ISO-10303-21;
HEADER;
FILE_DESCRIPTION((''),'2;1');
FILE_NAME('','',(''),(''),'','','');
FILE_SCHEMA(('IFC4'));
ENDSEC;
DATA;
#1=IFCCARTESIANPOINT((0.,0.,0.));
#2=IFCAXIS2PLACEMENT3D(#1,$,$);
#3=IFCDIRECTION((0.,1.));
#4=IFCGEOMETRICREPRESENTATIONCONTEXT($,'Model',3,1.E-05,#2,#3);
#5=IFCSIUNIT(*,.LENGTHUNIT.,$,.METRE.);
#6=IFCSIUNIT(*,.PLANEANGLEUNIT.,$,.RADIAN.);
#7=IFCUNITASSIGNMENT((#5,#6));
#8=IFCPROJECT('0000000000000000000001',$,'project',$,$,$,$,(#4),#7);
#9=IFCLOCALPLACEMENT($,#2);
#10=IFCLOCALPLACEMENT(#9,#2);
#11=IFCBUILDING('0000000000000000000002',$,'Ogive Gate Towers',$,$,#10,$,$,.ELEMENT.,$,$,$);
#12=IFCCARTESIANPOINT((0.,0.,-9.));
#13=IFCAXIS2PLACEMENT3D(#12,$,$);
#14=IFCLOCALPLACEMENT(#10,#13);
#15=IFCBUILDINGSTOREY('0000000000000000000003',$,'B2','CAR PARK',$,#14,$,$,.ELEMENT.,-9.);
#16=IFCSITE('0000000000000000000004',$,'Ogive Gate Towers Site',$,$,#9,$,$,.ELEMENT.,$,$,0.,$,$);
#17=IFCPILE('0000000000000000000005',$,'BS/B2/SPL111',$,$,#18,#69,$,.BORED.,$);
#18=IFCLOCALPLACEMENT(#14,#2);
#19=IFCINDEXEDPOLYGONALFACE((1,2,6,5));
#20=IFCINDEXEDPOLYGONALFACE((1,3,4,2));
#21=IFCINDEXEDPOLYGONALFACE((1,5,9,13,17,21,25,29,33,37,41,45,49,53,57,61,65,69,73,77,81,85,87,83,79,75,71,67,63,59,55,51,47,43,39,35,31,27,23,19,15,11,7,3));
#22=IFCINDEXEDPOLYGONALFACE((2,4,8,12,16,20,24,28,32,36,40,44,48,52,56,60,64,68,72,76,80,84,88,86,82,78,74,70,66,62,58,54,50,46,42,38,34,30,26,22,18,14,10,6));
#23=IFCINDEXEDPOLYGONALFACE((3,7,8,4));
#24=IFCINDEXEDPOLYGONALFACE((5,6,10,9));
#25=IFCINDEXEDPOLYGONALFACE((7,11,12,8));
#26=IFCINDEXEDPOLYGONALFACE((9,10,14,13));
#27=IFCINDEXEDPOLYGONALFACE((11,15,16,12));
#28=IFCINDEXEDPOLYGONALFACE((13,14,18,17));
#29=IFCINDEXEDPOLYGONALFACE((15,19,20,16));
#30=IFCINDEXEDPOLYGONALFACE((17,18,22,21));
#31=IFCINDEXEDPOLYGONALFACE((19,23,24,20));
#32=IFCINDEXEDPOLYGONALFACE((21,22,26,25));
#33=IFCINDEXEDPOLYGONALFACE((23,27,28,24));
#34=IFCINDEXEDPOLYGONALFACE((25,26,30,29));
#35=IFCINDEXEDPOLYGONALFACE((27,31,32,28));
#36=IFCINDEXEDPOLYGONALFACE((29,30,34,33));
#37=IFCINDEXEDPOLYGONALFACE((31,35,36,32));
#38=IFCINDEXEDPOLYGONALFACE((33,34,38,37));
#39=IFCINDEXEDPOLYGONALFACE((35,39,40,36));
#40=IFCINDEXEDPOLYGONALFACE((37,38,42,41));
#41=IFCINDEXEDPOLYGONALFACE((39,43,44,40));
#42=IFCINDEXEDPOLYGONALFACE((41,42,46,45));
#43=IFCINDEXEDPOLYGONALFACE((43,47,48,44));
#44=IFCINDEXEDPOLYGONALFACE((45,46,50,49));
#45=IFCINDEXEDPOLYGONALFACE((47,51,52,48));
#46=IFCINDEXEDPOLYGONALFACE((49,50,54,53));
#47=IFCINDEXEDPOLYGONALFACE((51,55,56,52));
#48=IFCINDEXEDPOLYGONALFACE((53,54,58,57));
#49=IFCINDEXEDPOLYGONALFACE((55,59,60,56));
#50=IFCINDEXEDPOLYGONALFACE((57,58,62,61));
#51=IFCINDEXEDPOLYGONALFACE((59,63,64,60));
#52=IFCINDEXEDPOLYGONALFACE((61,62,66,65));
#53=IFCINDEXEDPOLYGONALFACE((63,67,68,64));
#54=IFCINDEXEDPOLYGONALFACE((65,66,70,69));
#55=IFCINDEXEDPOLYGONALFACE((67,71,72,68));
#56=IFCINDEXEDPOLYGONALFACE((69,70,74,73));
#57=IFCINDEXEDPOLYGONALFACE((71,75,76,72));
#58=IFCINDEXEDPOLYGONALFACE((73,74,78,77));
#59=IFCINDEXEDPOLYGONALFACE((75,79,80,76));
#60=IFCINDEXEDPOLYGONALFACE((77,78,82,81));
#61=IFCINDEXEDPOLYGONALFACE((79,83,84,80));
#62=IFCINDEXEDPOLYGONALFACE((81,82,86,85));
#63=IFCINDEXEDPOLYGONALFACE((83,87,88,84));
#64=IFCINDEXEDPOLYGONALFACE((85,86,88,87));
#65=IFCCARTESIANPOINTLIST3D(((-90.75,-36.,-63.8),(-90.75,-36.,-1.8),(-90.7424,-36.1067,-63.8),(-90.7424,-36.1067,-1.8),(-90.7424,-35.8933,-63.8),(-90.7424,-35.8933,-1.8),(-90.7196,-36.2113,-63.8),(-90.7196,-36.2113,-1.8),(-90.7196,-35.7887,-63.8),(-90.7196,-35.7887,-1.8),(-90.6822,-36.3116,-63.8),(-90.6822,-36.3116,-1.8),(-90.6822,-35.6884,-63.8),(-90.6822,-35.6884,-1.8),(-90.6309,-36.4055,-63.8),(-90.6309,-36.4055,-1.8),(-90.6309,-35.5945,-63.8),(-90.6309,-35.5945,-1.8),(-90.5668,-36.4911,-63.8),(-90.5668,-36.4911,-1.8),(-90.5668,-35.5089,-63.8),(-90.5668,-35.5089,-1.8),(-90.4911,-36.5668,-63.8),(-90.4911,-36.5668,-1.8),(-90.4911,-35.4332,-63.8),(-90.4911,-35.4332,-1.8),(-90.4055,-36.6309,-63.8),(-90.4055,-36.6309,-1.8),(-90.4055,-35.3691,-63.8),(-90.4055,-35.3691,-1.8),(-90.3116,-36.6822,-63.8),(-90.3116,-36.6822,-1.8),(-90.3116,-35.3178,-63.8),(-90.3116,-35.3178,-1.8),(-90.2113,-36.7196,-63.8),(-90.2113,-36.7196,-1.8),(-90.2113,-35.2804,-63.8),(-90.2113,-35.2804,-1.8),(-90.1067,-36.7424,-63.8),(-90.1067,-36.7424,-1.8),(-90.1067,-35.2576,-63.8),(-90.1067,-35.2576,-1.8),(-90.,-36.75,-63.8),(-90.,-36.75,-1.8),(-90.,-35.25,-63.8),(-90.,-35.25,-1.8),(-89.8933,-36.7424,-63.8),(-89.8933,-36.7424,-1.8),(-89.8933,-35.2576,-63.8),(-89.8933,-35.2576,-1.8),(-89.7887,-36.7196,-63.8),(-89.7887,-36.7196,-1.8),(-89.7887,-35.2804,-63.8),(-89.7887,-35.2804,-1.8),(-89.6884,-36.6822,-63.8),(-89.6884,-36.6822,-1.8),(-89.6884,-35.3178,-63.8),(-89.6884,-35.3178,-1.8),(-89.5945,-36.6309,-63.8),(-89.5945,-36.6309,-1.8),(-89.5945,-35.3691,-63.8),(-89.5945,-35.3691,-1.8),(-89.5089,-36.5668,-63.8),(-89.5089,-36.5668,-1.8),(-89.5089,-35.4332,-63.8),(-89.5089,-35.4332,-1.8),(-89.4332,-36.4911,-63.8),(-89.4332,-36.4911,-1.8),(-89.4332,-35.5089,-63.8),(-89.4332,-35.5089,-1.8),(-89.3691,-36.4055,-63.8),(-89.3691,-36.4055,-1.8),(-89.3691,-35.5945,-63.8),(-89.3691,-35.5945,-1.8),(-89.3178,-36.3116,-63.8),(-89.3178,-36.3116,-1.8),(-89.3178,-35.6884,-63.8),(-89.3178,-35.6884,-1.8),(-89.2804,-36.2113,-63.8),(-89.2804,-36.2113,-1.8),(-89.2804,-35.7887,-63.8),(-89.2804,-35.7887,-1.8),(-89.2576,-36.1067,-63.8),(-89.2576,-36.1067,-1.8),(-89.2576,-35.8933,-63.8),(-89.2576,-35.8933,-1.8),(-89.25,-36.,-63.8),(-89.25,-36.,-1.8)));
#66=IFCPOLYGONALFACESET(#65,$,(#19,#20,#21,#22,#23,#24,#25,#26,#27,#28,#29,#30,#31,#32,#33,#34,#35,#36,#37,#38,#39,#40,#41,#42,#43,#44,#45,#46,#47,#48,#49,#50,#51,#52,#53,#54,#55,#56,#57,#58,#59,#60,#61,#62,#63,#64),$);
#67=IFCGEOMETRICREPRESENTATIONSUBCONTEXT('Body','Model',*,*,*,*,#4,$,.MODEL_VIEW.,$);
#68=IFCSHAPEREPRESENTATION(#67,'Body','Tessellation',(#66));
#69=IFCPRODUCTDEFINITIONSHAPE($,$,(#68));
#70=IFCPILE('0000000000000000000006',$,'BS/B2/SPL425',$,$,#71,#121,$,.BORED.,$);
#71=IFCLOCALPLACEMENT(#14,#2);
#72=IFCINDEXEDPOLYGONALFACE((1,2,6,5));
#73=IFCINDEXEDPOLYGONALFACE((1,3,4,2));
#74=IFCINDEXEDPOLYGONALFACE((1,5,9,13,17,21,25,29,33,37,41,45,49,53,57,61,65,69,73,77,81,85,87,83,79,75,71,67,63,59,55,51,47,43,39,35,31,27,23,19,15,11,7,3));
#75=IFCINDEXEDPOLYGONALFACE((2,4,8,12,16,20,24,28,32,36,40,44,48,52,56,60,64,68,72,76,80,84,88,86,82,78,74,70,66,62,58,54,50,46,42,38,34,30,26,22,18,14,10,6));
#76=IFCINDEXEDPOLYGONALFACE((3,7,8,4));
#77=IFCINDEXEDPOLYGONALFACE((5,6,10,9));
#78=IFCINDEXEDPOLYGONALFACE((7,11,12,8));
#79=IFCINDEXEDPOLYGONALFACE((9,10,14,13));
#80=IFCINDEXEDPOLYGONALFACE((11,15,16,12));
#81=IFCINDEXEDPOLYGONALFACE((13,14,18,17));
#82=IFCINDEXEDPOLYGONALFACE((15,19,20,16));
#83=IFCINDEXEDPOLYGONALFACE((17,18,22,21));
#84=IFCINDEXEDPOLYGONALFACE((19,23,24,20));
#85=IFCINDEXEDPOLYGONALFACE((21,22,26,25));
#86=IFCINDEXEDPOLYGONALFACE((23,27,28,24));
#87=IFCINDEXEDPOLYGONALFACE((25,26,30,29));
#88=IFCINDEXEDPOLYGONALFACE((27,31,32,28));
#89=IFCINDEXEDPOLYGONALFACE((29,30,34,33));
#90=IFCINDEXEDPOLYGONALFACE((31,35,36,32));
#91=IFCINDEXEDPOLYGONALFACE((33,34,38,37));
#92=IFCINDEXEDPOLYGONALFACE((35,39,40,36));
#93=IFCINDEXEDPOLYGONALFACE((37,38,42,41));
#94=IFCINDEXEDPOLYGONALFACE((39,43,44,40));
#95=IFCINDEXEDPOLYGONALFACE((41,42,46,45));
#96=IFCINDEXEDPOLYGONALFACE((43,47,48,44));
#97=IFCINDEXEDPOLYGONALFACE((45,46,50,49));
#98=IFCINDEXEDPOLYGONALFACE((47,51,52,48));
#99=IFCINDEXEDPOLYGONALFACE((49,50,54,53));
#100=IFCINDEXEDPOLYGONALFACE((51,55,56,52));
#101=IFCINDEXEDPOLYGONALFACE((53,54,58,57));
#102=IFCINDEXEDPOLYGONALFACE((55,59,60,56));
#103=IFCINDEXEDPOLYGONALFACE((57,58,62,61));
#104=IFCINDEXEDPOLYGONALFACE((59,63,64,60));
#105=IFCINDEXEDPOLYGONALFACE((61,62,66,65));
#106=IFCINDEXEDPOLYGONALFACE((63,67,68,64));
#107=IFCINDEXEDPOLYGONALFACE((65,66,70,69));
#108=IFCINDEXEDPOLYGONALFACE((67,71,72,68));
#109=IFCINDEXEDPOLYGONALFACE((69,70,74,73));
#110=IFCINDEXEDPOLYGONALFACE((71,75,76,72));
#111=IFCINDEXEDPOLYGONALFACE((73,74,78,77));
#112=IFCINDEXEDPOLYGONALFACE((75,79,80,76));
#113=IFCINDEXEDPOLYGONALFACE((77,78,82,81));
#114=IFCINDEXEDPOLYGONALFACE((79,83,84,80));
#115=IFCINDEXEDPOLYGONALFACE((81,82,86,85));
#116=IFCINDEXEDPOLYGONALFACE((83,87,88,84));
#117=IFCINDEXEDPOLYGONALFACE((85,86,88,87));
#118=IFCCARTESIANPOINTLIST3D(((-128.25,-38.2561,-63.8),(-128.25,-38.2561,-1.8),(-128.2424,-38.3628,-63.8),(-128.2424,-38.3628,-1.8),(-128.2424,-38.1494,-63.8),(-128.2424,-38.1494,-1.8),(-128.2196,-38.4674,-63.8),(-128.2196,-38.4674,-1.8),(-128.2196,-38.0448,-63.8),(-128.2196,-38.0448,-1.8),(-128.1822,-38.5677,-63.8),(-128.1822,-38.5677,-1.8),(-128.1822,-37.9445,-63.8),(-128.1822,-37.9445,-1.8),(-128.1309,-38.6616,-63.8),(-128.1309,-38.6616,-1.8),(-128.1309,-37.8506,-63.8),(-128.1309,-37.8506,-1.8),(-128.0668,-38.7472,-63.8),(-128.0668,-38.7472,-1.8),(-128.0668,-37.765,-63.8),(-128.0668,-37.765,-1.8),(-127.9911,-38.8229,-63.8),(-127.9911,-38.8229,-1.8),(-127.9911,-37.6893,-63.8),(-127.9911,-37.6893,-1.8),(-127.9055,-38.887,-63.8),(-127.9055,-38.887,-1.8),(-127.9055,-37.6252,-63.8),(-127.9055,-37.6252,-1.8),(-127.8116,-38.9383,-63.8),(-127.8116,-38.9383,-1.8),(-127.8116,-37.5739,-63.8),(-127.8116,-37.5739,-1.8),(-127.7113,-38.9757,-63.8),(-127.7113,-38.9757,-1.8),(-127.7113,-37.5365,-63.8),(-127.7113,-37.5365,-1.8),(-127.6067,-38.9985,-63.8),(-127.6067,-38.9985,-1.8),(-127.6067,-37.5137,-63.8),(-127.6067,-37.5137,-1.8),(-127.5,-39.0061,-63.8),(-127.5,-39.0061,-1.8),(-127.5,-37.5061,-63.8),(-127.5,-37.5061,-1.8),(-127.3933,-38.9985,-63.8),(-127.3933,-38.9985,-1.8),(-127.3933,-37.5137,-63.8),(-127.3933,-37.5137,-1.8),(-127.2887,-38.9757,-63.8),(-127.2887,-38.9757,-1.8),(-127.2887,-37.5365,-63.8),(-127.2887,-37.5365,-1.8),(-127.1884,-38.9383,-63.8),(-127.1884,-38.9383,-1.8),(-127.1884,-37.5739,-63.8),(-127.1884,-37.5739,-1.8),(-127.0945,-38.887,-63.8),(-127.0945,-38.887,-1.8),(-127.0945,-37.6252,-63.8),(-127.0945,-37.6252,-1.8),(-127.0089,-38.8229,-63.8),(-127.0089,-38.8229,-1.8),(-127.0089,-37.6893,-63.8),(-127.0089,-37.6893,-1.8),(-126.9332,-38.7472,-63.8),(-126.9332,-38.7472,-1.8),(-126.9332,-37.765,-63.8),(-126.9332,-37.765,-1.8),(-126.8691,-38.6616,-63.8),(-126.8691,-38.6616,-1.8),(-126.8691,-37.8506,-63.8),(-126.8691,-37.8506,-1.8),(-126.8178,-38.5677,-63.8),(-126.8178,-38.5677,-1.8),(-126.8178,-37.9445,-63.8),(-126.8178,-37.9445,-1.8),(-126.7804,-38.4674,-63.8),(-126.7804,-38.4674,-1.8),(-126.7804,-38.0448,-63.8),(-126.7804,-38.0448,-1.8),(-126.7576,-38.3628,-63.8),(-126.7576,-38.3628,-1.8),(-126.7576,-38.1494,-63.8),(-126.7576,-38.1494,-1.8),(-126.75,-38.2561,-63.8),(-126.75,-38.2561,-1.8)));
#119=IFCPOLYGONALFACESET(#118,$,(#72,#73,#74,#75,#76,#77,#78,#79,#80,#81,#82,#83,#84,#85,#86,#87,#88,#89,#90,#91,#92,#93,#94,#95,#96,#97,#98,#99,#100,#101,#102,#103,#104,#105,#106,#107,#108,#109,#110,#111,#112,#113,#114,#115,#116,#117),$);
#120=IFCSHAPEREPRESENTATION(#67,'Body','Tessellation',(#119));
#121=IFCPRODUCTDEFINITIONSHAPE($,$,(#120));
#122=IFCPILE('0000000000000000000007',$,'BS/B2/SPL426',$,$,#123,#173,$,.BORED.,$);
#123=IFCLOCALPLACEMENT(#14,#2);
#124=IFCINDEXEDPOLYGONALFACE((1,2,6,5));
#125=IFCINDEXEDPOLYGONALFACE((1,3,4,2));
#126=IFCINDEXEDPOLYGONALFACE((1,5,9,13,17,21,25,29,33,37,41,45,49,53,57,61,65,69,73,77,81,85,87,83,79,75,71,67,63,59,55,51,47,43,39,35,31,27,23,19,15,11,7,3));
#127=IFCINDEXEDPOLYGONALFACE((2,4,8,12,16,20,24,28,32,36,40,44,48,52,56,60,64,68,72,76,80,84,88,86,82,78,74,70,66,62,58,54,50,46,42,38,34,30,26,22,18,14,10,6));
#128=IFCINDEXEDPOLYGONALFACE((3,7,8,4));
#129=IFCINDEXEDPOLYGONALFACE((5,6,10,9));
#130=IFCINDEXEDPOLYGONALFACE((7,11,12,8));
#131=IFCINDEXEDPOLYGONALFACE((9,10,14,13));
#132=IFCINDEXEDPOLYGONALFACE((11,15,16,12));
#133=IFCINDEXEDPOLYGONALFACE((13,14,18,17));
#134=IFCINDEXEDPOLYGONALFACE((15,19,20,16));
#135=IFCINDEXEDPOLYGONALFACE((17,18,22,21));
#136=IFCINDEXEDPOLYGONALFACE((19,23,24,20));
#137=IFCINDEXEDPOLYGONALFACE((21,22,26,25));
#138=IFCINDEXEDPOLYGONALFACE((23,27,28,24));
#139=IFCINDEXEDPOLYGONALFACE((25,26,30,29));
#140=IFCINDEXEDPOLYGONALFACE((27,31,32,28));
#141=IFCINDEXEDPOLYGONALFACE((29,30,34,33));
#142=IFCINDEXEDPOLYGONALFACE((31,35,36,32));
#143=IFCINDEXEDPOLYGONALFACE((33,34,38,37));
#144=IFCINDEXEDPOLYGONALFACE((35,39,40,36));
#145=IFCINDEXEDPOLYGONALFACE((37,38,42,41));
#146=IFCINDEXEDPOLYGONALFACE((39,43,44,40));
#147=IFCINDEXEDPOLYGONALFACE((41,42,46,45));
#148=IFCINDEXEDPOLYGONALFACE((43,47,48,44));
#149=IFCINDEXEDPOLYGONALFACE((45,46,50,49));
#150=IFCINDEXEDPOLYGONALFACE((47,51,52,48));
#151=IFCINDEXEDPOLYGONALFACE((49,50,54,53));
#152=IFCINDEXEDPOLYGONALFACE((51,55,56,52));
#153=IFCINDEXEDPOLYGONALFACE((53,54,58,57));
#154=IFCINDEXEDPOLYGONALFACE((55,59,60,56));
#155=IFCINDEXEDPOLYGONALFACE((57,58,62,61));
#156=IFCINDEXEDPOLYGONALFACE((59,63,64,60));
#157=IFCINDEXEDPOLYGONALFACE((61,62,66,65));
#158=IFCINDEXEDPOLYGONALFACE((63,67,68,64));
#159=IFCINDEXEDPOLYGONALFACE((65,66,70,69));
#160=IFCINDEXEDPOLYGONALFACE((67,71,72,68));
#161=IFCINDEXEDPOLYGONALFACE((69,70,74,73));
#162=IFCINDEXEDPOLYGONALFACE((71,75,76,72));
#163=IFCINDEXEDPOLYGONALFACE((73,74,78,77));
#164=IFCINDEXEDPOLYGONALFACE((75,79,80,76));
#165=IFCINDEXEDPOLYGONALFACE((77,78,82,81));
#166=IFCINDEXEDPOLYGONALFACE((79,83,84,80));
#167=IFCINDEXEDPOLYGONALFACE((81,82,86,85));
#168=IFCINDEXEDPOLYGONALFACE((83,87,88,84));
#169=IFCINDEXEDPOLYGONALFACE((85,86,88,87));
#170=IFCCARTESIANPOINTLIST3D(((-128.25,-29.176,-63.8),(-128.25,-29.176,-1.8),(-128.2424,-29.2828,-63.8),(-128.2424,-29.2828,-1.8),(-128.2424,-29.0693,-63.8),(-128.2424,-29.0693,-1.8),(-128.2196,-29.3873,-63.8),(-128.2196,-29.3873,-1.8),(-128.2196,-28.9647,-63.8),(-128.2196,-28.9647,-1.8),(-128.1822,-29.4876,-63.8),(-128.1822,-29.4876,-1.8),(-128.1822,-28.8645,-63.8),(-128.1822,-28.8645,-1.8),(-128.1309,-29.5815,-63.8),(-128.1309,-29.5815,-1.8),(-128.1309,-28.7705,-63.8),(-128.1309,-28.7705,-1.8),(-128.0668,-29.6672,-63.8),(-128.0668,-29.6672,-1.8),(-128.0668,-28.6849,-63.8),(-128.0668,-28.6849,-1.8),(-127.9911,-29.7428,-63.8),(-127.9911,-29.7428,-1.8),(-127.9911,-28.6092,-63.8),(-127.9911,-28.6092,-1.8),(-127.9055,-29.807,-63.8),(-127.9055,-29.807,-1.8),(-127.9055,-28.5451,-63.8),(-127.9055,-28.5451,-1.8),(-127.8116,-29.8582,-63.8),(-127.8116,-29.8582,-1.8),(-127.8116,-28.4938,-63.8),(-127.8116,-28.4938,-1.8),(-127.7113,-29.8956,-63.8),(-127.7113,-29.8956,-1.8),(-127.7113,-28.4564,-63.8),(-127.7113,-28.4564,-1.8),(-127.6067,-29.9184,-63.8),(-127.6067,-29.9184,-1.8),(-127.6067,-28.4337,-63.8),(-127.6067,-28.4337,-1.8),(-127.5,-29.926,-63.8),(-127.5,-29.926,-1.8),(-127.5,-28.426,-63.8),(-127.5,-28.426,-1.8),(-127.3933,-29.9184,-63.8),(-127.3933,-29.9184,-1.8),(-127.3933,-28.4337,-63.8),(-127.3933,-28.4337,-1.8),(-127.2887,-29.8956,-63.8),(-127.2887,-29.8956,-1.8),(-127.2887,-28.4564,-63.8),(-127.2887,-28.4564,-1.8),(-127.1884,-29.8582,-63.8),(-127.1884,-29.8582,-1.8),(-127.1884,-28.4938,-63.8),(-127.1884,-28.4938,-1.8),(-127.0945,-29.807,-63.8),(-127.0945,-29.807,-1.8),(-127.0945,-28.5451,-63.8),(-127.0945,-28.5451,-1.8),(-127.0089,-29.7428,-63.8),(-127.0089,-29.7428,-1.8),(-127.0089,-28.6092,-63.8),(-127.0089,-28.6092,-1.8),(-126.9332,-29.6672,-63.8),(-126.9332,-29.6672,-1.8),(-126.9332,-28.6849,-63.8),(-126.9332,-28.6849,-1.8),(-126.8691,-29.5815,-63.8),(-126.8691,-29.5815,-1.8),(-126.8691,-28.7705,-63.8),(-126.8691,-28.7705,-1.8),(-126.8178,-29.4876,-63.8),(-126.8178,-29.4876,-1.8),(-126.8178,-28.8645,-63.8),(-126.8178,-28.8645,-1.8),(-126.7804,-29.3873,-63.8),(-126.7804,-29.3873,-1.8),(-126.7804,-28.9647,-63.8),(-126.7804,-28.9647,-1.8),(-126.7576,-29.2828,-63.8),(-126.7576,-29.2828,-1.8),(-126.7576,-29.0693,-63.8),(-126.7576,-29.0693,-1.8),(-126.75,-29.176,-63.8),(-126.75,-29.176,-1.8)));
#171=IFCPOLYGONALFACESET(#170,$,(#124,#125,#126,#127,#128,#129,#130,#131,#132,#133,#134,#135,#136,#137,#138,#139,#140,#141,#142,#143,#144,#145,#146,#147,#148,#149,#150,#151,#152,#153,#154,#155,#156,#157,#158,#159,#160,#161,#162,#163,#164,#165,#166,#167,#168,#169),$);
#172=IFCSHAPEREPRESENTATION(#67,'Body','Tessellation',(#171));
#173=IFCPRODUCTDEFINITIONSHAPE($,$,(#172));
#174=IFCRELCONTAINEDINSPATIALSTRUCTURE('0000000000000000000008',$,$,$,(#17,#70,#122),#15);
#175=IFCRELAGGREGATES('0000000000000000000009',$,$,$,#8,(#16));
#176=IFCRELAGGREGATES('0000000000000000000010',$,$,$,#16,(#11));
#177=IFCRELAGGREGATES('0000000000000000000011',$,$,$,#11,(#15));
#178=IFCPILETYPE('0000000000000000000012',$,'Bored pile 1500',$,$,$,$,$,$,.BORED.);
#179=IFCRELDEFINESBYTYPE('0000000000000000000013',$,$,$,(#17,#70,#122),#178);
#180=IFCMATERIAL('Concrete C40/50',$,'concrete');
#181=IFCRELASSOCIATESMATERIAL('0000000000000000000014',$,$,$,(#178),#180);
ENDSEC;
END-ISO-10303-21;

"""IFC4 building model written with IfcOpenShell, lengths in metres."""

from ifc_helpers import new_model, si_unit, direction, frame, origin, origin_2d, place, context, subcontext, project, spatial, circle, extrude, material, material_profile, profile_set, type_object, element, save


model = new_model("IFC4")

# Units and contexts
model_context = context("Model", 3, precision=1e-05, world=origin(), true_north=direction((0.0, 1.0)))
body_context = subcontext(model_context, "Body", "Model", "MODEL_VIEW")
ifc_project = project(units=[si_unit("LENGTHUNIT", "METRE"), si_unit("PLANEANGLEUNIT", "RADIAN")], contexts=[model_context])

# Site, building, storey
site_placement = place(None, origin())
site = spatial("IfcSite", under=ifc_project, at=site_placement, Name="Ogive Gate Towers Site", CompositionType="ELEMENT", RefElevation=0.0)
building_placement = place(site_placement, origin())
building = spatial("IfcBuilding", under=site, at=building_placement, Name="Ogive Gate Towers", CompositionType="ELEMENT")
storey_placement = place(building_placement, frame((0.0, 0.0, -9.0)))
storey = spatial("IfcBuildingStorey", under=building, at=storey_placement, Name="B2", Description="CAR PARK", CompositionType="ELEMENT", Elevation=-9.0)

# Piles
ifc_material_1 = material(Name="Concrete C40/50", Category="concrete")
ifc_material_profile_1 = material_profile(ifc_material_1, circle(Radius=0.75, at=origin_2d()), Name="BP 1500")
ifc_profile_set_1 = profile_set([ifc_material_profile_1], Name="Concrete C40/50")
pile_type = type_object("IfcPileType", Name="Bored pile 1500", PredefinedType="BORED", material=ifc_profile_set_1)
for number, where, z_axis, x_axis, name in (
    (1, (-90.0, -36.0, -1.8), (0.0, 0.0, -1.0), (1.0, 0.0, 0.0), "BS/B2/SPL111"),
    (2, (-127.5, -38.2561, -1.8), (0.0, 0.0, -1.0), (1.0, 0.0, 0.0), "BS/B2/SPL425"),
    (3, (-127.5, -29.176, -1.8), (0.0, 0.0, -1.0), (1.0, 0.0, 0.0), "BS/B2/SPL426"),
):
    element("IfcPile", number, at=place(storey_placement, frame(where, z_axis=z_axis, x_axis=x_axis)), inside=storey, type_object=pile_type, Name=name, PredefinedType="BORED", context=body_context, shape_type="SweptSolid", body=[
        extrude(circle(Radius=0.75, at=origin_2d()), origin(), (0.0, 0.0, 1.0), 62.0),
    ])

save(model, "model.ifc")
